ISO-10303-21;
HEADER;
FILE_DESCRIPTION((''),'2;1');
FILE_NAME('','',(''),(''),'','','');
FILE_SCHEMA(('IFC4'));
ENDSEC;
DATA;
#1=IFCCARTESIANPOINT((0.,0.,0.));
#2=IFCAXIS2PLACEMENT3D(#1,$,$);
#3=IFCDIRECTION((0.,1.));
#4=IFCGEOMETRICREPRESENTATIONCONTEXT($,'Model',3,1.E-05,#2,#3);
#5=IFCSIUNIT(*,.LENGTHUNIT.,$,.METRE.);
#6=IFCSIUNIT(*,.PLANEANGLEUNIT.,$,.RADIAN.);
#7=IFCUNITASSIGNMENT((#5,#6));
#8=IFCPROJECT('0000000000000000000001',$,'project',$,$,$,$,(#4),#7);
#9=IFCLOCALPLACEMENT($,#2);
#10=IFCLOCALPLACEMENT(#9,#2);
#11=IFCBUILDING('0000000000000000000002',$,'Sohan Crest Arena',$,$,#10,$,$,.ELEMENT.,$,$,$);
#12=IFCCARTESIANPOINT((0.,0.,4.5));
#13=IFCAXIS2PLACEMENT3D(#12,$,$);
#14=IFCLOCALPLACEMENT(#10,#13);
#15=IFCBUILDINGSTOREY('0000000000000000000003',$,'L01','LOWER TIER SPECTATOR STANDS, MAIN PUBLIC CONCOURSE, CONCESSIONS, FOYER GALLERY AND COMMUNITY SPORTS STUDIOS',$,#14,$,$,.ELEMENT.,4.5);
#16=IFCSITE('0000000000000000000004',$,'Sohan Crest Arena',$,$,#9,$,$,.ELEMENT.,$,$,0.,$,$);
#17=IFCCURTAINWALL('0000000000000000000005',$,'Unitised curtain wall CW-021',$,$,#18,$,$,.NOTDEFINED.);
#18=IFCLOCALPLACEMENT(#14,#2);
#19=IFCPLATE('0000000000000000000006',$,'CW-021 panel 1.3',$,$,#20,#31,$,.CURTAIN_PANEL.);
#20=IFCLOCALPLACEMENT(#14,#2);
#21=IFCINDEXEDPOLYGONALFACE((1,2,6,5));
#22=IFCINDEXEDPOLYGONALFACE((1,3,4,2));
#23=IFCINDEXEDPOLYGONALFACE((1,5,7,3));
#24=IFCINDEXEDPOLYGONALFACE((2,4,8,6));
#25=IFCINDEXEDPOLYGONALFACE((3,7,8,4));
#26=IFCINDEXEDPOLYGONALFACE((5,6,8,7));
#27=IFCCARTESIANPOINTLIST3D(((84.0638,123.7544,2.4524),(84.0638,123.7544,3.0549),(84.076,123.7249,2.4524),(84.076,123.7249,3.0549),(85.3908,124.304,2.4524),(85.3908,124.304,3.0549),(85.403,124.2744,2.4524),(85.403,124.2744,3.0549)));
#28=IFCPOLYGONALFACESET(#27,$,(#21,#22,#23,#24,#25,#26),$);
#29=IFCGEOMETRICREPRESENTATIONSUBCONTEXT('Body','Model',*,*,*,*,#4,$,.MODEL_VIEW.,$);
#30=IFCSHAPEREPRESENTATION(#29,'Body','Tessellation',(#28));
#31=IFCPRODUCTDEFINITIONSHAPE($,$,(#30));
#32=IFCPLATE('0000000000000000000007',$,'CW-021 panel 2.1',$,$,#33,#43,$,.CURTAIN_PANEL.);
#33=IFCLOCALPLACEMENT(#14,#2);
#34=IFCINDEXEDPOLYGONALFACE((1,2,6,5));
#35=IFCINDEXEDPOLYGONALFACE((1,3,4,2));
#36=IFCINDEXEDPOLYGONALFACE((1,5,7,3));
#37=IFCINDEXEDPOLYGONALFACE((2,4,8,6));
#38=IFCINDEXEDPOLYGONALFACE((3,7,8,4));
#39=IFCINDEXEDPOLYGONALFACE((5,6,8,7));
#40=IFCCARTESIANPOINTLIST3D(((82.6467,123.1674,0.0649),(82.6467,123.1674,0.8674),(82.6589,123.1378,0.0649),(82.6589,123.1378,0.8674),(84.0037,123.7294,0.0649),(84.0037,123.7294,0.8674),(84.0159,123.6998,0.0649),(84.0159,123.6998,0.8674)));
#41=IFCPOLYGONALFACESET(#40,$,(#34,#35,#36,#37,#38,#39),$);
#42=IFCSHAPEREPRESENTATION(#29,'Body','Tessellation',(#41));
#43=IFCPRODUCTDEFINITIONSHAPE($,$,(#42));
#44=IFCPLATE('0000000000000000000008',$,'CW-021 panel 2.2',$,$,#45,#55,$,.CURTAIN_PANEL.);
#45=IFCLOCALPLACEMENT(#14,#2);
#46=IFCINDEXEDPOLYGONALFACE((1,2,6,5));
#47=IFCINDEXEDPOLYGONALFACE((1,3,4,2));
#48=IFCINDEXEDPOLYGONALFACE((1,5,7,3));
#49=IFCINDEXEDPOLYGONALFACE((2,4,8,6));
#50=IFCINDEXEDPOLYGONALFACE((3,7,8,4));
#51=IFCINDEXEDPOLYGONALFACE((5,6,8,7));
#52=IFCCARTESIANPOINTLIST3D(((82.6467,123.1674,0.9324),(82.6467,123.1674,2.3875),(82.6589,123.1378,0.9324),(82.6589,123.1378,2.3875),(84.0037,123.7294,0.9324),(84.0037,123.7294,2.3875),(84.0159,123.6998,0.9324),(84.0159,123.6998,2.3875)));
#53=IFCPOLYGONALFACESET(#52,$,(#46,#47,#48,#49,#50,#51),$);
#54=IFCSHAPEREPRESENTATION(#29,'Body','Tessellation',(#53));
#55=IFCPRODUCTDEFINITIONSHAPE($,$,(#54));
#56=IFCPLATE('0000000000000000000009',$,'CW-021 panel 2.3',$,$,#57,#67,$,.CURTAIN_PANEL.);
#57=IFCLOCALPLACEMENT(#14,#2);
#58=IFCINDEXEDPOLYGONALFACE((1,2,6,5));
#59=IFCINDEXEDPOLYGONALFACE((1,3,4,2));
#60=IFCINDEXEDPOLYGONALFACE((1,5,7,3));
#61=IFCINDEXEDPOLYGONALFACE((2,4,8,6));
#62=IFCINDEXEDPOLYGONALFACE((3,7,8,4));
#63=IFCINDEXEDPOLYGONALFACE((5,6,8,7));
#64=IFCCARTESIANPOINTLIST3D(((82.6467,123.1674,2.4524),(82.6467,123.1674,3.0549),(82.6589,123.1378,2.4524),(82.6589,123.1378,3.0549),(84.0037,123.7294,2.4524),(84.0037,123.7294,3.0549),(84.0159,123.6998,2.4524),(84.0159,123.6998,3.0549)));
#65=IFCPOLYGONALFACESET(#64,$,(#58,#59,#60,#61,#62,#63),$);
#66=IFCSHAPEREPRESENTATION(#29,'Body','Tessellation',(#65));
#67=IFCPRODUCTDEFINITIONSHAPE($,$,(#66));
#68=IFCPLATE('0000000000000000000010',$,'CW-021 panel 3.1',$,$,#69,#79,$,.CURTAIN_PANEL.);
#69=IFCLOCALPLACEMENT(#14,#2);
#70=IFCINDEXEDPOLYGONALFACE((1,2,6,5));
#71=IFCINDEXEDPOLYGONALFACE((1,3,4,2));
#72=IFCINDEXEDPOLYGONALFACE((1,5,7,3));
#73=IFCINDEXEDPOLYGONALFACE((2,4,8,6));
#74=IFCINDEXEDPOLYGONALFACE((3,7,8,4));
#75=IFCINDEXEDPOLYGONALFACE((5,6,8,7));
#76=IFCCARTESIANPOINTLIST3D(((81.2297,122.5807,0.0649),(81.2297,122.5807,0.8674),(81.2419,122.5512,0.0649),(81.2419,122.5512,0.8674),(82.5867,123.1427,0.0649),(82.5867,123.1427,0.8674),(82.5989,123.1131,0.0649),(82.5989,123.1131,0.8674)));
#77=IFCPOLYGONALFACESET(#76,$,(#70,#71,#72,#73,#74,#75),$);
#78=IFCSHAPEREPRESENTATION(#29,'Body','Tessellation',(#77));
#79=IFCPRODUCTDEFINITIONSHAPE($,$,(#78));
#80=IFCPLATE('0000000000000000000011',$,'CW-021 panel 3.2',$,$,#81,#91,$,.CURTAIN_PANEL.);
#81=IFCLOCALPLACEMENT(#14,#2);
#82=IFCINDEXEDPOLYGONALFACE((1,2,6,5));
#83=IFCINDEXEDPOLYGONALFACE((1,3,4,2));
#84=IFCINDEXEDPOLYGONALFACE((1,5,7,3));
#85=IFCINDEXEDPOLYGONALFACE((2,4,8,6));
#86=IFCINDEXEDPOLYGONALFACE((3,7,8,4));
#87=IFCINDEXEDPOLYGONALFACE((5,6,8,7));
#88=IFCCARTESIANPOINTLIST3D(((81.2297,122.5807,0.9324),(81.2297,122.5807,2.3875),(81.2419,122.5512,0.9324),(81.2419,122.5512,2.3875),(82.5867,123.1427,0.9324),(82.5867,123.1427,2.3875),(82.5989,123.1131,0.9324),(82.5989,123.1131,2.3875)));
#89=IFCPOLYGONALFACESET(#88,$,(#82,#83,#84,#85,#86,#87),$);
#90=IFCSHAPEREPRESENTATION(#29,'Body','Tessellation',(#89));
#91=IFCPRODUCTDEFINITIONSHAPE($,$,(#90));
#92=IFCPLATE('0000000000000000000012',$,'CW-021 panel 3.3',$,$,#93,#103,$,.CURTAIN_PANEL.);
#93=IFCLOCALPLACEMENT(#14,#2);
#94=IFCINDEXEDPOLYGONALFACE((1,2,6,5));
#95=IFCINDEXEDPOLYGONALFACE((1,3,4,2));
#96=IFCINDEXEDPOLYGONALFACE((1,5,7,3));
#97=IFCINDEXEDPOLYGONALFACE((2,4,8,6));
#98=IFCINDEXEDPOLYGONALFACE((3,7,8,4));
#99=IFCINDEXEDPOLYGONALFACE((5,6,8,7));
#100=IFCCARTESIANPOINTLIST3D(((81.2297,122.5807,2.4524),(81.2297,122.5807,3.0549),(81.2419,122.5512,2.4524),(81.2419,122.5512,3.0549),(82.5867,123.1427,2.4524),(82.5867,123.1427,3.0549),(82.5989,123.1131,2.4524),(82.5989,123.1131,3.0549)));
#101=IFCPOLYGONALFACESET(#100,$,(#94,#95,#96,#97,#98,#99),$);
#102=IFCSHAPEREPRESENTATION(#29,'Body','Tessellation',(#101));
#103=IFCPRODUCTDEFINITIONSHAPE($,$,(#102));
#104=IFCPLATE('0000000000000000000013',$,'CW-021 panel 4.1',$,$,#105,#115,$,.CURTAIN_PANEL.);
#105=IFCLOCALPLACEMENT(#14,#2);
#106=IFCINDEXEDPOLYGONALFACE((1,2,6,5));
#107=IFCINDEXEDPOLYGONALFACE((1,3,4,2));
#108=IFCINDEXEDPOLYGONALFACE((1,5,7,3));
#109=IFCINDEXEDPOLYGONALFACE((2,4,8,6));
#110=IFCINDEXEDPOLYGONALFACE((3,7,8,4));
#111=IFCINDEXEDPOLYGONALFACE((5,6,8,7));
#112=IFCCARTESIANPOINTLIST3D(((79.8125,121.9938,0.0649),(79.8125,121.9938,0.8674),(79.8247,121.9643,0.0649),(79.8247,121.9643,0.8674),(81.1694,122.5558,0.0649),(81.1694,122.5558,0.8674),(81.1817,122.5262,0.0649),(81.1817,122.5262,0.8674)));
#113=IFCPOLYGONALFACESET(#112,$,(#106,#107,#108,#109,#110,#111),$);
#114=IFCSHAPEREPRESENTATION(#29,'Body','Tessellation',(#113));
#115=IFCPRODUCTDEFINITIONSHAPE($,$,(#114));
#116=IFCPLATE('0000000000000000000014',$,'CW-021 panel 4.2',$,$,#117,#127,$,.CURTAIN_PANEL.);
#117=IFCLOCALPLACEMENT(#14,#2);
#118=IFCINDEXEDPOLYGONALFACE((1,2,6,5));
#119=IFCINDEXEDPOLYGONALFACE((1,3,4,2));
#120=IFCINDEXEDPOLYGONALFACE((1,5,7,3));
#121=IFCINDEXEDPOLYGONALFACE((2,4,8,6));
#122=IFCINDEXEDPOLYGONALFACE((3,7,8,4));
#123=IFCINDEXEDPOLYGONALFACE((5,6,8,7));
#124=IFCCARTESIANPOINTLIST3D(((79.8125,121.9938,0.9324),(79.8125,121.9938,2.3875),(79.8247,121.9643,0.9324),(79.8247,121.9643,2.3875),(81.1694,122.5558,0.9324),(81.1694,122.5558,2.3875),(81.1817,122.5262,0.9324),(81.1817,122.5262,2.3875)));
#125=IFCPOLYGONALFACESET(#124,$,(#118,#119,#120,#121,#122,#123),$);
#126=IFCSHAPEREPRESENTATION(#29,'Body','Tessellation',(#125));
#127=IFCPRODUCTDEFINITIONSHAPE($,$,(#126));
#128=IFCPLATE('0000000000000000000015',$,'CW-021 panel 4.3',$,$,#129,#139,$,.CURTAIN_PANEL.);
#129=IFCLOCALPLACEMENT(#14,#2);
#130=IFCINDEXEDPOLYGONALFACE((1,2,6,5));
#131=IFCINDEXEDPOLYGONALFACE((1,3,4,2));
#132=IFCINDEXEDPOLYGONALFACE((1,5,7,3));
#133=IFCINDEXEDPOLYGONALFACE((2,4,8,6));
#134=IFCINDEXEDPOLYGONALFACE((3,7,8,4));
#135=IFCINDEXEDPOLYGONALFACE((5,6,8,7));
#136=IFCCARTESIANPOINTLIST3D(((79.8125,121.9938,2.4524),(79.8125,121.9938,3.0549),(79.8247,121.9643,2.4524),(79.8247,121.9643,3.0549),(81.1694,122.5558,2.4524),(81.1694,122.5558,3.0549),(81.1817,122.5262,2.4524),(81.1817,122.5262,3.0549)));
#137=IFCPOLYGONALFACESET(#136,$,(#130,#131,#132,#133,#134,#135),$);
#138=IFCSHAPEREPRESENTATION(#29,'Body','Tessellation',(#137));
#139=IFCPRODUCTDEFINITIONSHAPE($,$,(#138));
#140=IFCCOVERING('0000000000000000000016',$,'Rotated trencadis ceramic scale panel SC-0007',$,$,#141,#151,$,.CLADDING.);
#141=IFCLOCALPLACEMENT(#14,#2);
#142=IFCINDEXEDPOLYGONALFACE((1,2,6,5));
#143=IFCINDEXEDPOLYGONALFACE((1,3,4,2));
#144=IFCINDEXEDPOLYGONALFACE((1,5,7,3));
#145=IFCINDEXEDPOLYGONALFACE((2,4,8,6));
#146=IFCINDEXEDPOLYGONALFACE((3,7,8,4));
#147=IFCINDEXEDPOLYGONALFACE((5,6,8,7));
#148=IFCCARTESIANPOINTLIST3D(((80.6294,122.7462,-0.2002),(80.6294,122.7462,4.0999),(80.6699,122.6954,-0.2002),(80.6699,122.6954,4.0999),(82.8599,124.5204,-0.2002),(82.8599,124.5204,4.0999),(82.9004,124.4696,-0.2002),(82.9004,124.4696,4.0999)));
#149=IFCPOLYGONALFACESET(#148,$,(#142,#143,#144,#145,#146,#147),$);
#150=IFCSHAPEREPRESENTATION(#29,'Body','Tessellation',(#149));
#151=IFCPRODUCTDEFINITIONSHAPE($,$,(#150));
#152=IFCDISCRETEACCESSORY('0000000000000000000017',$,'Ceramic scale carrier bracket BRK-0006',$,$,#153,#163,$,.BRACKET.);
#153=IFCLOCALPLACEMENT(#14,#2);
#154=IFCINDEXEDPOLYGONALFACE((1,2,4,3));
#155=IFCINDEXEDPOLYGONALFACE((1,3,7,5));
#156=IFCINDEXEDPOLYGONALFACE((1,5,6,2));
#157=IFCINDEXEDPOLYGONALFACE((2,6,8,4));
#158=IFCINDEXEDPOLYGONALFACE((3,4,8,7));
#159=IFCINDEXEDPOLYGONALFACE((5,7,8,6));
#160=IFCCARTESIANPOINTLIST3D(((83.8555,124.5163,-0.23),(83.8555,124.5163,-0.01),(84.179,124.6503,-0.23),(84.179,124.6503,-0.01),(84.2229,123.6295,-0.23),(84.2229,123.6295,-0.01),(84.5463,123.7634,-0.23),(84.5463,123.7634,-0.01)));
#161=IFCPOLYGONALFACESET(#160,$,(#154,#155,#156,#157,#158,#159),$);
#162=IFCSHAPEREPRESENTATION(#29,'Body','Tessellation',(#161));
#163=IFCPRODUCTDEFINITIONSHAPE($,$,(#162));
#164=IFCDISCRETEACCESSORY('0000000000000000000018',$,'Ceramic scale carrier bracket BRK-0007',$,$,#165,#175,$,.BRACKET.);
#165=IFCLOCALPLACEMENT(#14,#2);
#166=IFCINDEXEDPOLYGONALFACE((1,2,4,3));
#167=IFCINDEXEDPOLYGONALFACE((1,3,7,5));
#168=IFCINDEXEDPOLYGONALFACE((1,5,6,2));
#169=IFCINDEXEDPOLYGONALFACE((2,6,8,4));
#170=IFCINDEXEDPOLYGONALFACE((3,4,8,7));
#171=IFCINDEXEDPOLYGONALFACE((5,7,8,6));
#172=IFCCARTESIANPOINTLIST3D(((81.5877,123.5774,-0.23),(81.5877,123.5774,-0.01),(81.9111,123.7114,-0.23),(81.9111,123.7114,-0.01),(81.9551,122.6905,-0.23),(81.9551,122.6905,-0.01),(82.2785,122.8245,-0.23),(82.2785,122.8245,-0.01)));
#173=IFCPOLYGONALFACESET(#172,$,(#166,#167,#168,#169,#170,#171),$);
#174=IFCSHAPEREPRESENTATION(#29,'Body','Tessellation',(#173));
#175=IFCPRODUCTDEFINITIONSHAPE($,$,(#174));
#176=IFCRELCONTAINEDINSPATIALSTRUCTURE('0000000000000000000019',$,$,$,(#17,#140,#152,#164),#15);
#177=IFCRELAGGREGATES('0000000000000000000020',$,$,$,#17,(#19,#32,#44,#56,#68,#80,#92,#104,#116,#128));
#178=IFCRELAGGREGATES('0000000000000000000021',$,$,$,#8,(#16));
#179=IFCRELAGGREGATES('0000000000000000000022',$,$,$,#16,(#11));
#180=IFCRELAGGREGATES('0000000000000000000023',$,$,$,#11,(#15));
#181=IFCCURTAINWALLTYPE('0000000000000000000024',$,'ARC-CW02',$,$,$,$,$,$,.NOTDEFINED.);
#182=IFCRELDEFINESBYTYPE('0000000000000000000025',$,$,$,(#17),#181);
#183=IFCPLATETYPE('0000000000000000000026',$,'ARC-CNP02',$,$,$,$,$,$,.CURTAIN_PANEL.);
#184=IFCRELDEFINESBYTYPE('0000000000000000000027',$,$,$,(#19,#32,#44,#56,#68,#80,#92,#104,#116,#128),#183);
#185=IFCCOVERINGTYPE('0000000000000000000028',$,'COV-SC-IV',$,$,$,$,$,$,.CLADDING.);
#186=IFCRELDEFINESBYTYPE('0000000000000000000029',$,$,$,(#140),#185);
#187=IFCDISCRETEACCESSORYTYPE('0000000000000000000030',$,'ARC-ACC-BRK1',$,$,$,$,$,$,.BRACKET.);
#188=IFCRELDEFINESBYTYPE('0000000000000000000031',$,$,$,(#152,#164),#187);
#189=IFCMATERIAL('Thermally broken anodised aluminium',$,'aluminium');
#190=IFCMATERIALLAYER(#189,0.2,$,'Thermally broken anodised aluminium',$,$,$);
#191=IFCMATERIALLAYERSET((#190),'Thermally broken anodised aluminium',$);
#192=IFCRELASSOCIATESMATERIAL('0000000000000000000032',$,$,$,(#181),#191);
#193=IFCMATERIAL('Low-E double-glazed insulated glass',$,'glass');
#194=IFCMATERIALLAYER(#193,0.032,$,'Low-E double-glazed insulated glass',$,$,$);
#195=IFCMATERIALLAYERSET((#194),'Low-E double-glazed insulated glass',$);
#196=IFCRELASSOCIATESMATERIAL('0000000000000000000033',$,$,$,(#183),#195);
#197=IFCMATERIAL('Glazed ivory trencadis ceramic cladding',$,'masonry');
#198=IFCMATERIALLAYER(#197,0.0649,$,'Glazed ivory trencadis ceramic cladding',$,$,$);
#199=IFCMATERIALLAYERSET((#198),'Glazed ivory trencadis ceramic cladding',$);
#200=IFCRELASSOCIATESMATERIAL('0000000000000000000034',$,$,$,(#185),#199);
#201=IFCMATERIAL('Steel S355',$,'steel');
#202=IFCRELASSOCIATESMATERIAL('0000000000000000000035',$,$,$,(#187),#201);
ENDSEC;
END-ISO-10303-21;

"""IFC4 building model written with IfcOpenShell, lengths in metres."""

from ifc_helpers import new_model, si_unit, direction, frame, origin, origin_2d, place, context, subcontext, project, spatial, rectangle, extrude, material, layer, layer_set, type_object, element, aggregate, save


model = new_model("IFC4")

# Units and contexts
model_context = context("Model", 3, precision=1e-05, world=origin(), true_north=direction((0.0, 1.0)))
body_context = subcontext(model_context, "Body", "Model", "MODEL_VIEW")
ifc_project = project(units=[si_unit("LENGTHUNIT", "METRE"), si_unit("PLANEANGLEUNIT", "RADIAN")], contexts=[model_context])

# Site, building, storey
site_placement = place(None, origin())
site = spatial("IfcSite", under=ifc_project, at=site_placement, Name="Sohan Crest Arena", CompositionType="ELEMENT", RefElevation=0.0)
building_placement = place(site_placement, origin())
building = spatial("IfcBuilding", under=site, at=building_placement, Name="Sohan Crest Arena", CompositionType="ELEMENT")
storey_placement = place(building_placement, frame((0.0, 0.0, 4.5)))
storey = spatial("IfcBuildingStorey", under=building, at=storey_placement, Name="L01", Description="LOWER TIER SPECTATOR STANDS, MAIN PUBLIC CONCOURSE, CONCESSIONS, FOYER GALLERY AND COMMUNITY SPORTS STUDIOS", CompositionType="ELEMENT", Elevation=4.5)

# Shared definitions
ifc_material_1 = material(Name="Steel S355", Category="steel")

# Shared definitions
ifc_material_2 = material(Name="Thermally broken anodised aluminium", Category="aluminium")

# Curtain wall
ifc_layer_1 = layer(ifc_material_2, 0.2, Name="Thermally broken anodised aluminium")
ifc_layer_set_1 = layer_set([ifc_layer_1], Name="Thermally broken anodised aluminium")
curtain_wall_type_1 = type_object("IfcCurtainWallType", Name="ARC-CW02", PredefinedType="NOTDEFINED", material=ifc_layer_set_1)
curtain_wall_1_placement = place(storey_placement, origin())
curtain_wall_1 = element("IfcCurtainWall", 1, at=curtain_wall_1_placement, inside=storey, type_object=curtain_wall_type_1, Name="Unitised curtain wall CW-021", PredefinedType="NOTDEFINED")

# Plates
ifc_material_3 = material(Name="Low-E double-glazed insulated glass", Category="glass")
ifc_layer_2 = layer(ifc_material_3, 0.032, Name="Low-E double-glazed insulated glass")
ifc_layer_set_2 = layer_set([ifc_layer_2], Name="Low-E double-glazed insulated glass")
plate_type = type_object("IfcPlateType", Name="ARC-CNP02", PredefinedType="CURTAIN_PANEL", material=ifc_layer_set_2)
plate_1_placement = place(storey_placement, frame((84.7334, 124.0144, 2.4524), z_axis=(0.0, 0.0, 1.0), x_axis=(-0.923907, -0.382618, 0.0)))
plate_1 = element("IfcPlate", 2, at=plate_1_placement, type_object=plate_type, Name="CW-021 panel 1.3", PredefinedType="CURTAIN_PANEL", context=body_context, shape_type="SweptSolid", body=[
    extrude(rectangle(XDim=1.4363, YDim=0.032, at=origin_2d()), origin(), (0.0, 0.0, 1.0), 0.6025),
])
plate_2_placement = place(storey_placement, frame((83.3313, 123.4336, 0.0649), z_axis=(0.0, 0.0, 1.0), x_axis=(-0.923907, -0.382618, 0.0)))
plate_2 = element("IfcPlate", 3, at=plate_2_placement, type_object=plate_type, Name="CW-021 panel 2.1", PredefinedType="CURTAIN_PANEL", context=body_context, shape_type="SweptSolid", body=[
    extrude(rectangle(XDim=1.4688, YDim=0.032, at=origin_2d()), origin(), (0.0, 0.0, 1.0), 0.8025),
])
plate_3_placement = place(storey_placement, frame((83.3313, 123.4336, 0.9324), z_axis=(0.0, 0.0, 1.0), x_axis=(-0.923907, -0.382618, 0.0)))
plate_3 = element("IfcPlate", 4, at=plate_3_placement, type_object=plate_type, Name="CW-021 panel 2.2", PredefinedType="CURTAIN_PANEL", context=body_context, shape_type="SweptSolid", body=[
    extrude(rectangle(XDim=1.4688, YDim=0.032, at=origin_2d()), origin(), (0.0, 0.0, 1.0), 1.4551),
])
plate_4_placement = place(storey_placement, frame((83.3313, 123.4336, 2.4524), z_axis=(0.0, 0.0, 1.0), x_axis=(-0.923907, -0.382618, 0.0)))
plate_4 = element("IfcPlate", 5, at=plate_4_placement, type_object=plate_type, Name="CW-021 panel 2.3", PredefinedType="CURTAIN_PANEL", context=body_context, shape_type="SweptSolid", body=[
    extrude(rectangle(XDim=1.4688, YDim=0.032, at=origin_2d()), origin(), (0.0, 0.0, 1.0), 0.6025),
])
plate_5_placement = place(storey_placement, frame((81.9143, 122.8469, 0.0649), z_axis=(0.0, 0.0, 1.0), x_axis=(-0.923907, -0.382618, 0.0)))
plate_5 = element("IfcPlate", 6, at=plate_5_placement, type_object=plate_type, Name="CW-021 panel 3.1", PredefinedType="CURTAIN_PANEL", context=body_context, shape_type="SweptSolid", body=[
    extrude(rectangle(XDim=1.4688, YDim=0.032, at=origin_2d()), origin(), (0.0, 0.0, 1.0), 0.8025),
])
plate_6_placement = place(storey_placement, frame((81.9143, 122.8469, 0.9324), z_axis=(0.0, 0.0, 1.0), x_axis=(-0.923907, -0.382618, 0.0)))
plate_6 = element("IfcPlate", 7, at=plate_6_placement, type_object=plate_type, Name="CW-021 panel 3.2", PredefinedType="CURTAIN_PANEL", context=body_context, shape_type="SweptSolid", body=[
    extrude(rectangle(XDim=1.4688, YDim=0.032, at=origin_2d()), origin(), (0.0, 0.0, 1.0), 1.4551),
])
plate_7_placement = place(storey_placement, frame((81.9143, 122.8469, 2.4524), z_axis=(0.0, 0.0, 1.0), x_axis=(-0.923907, -0.382618, 0.0)))
plate_7 = element("IfcPlate", 8, at=plate_7_placement, type_object=plate_type, Name="CW-021 panel 3.3", PredefinedType="CURTAIN_PANEL", context=body_context, shape_type="SweptSolid", body=[
    extrude(rectangle(XDim=1.4688, YDim=0.032, at=origin_2d()), origin(), (0.0, 0.0, 1.0), 0.6025),
])
plate_8_placement = place(storey_placement, frame((80.4971, 122.26, 0.0649), z_axis=(0.0, 0.0, 1.0), x_axis=(-0.923907, -0.382618, 0.0)))
plate_8 = element("IfcPlate", 9, at=plate_8_placement, type_object=plate_type, Name="CW-021 panel 4.1", PredefinedType="CURTAIN_PANEL", context=body_context, shape_type="SweptSolid", body=[
    extrude(rectangle(XDim=1.4688, YDim=0.032, at=origin_2d()), origin(), (0.0, 0.0, 1.0), 0.8025),
])
plate_9_placement = place(storey_placement, frame((80.4971, 122.26, 0.9324), z_axis=(0.0, 0.0, 1.0), x_axis=(-0.923907, -0.382618, 0.0)))
plate_9 = element("IfcPlate", 10, at=plate_9_placement, type_object=plate_type, Name="CW-021 panel 4.2", PredefinedType="CURTAIN_PANEL", context=body_context, shape_type="SweptSolid", body=[
    extrude(rectangle(XDim=1.4688, YDim=0.032, at=origin_2d()), origin(), (0.0, 0.0, 1.0), 1.4551),
])
plate_10_placement = place(storey_placement, frame((80.4971, 122.26, 2.4524), z_axis=(0.0, 0.0, 1.0), x_axis=(-0.923907, -0.382618, 0.0)))
plate_10 = element("IfcPlate", 11, at=plate_10_placement, type_object=plate_type, Name="CW-021 panel 4.3", PredefinedType="CURTAIN_PANEL", context=body_context, shape_type="SweptSolid", body=[
    extrude(rectangle(XDim=1.4688, YDim=0.032, at=origin_2d()), origin(), (0.0, 0.0, 1.0), 0.6025),
])
aggregate(curtain_wall_1, [plate_1, plate_2, plate_3, plate_4, plate_5, plate_6, plate_7, plate_8, plate_9, plate_10])

# Covering
ifc_material_4 = material(Name="Glazed ivory trencadis ceramic cladding", Category="masonry")
ifc_layer_3 = layer(ifc_material_4, 0.0649, Name="Glazed ivory trencadis ceramic cladding")
ifc_layer_set_3 = layer_set([ifc_layer_3], Name="Glazed ivory trencadis ceramic cladding")
covering_type = type_object("IfcCoveringType", Name="COV-SC-IV", PredefinedType="CLADDING", material=ifc_layer_set_3)
covering_placement = place(storey_placement, frame((81.7649, 123.6079, -0.2002), z_axis=(0.0, 0.0, 1.0), x_axis=(-0.782608, -0.622515, 0.0)))
element("IfcCovering", 12, at=covering_placement, inside=storey, type_object=covering_type, Name="Rotated trencadis ceramic scale panel SC-0007", PredefinedType="CLADDING", context=body_context, shape_type="SweptSolid", body=[
    extrude(rectangle(XDim=2.8501, YDim=0.0649, at=origin_2d()), origin(), (0.0, 0.0, 1.0), 4.3),
])

# Discrete accessories
discrete_accessory_type = type_object("IfcDiscreteAccessoryType", Name="ARC-ACC-BRK1", PredefinedType="BRACKET", material=ifc_material_1)
for number, where, z_axis, x_axis, name in (
    (13, (84.2009, 124.1399, -0.23), (0.0, 0.0, 1.0), (-0.92388, -0.382683, 0.0), "Ceramic scale carrier bracket BRK-0006"),
    (14, (81.9331, 123.2009, -0.23), (0.0, 0.0, 1.0), (-0.92388, -0.382683, 0.0), "Ceramic scale carrier bracket BRK-0007"),
):
    element("IfcDiscreteAccessory", number, at=place(storey_placement, frame(where, z_axis=z_axis, x_axis=x_axis)), inside=storey, type_object=discrete_accessory_type, Name=name, PredefinedType="BRACKET", context=body_context, shape_type="SweptSolid", body=[
        extrude(rectangle(XDim=0.3501, YDim=0.96, at=origin_2d()), origin(), (0.0, 0.0, 1.0), 0.22),
    ])

save(model, "model.ifc")
